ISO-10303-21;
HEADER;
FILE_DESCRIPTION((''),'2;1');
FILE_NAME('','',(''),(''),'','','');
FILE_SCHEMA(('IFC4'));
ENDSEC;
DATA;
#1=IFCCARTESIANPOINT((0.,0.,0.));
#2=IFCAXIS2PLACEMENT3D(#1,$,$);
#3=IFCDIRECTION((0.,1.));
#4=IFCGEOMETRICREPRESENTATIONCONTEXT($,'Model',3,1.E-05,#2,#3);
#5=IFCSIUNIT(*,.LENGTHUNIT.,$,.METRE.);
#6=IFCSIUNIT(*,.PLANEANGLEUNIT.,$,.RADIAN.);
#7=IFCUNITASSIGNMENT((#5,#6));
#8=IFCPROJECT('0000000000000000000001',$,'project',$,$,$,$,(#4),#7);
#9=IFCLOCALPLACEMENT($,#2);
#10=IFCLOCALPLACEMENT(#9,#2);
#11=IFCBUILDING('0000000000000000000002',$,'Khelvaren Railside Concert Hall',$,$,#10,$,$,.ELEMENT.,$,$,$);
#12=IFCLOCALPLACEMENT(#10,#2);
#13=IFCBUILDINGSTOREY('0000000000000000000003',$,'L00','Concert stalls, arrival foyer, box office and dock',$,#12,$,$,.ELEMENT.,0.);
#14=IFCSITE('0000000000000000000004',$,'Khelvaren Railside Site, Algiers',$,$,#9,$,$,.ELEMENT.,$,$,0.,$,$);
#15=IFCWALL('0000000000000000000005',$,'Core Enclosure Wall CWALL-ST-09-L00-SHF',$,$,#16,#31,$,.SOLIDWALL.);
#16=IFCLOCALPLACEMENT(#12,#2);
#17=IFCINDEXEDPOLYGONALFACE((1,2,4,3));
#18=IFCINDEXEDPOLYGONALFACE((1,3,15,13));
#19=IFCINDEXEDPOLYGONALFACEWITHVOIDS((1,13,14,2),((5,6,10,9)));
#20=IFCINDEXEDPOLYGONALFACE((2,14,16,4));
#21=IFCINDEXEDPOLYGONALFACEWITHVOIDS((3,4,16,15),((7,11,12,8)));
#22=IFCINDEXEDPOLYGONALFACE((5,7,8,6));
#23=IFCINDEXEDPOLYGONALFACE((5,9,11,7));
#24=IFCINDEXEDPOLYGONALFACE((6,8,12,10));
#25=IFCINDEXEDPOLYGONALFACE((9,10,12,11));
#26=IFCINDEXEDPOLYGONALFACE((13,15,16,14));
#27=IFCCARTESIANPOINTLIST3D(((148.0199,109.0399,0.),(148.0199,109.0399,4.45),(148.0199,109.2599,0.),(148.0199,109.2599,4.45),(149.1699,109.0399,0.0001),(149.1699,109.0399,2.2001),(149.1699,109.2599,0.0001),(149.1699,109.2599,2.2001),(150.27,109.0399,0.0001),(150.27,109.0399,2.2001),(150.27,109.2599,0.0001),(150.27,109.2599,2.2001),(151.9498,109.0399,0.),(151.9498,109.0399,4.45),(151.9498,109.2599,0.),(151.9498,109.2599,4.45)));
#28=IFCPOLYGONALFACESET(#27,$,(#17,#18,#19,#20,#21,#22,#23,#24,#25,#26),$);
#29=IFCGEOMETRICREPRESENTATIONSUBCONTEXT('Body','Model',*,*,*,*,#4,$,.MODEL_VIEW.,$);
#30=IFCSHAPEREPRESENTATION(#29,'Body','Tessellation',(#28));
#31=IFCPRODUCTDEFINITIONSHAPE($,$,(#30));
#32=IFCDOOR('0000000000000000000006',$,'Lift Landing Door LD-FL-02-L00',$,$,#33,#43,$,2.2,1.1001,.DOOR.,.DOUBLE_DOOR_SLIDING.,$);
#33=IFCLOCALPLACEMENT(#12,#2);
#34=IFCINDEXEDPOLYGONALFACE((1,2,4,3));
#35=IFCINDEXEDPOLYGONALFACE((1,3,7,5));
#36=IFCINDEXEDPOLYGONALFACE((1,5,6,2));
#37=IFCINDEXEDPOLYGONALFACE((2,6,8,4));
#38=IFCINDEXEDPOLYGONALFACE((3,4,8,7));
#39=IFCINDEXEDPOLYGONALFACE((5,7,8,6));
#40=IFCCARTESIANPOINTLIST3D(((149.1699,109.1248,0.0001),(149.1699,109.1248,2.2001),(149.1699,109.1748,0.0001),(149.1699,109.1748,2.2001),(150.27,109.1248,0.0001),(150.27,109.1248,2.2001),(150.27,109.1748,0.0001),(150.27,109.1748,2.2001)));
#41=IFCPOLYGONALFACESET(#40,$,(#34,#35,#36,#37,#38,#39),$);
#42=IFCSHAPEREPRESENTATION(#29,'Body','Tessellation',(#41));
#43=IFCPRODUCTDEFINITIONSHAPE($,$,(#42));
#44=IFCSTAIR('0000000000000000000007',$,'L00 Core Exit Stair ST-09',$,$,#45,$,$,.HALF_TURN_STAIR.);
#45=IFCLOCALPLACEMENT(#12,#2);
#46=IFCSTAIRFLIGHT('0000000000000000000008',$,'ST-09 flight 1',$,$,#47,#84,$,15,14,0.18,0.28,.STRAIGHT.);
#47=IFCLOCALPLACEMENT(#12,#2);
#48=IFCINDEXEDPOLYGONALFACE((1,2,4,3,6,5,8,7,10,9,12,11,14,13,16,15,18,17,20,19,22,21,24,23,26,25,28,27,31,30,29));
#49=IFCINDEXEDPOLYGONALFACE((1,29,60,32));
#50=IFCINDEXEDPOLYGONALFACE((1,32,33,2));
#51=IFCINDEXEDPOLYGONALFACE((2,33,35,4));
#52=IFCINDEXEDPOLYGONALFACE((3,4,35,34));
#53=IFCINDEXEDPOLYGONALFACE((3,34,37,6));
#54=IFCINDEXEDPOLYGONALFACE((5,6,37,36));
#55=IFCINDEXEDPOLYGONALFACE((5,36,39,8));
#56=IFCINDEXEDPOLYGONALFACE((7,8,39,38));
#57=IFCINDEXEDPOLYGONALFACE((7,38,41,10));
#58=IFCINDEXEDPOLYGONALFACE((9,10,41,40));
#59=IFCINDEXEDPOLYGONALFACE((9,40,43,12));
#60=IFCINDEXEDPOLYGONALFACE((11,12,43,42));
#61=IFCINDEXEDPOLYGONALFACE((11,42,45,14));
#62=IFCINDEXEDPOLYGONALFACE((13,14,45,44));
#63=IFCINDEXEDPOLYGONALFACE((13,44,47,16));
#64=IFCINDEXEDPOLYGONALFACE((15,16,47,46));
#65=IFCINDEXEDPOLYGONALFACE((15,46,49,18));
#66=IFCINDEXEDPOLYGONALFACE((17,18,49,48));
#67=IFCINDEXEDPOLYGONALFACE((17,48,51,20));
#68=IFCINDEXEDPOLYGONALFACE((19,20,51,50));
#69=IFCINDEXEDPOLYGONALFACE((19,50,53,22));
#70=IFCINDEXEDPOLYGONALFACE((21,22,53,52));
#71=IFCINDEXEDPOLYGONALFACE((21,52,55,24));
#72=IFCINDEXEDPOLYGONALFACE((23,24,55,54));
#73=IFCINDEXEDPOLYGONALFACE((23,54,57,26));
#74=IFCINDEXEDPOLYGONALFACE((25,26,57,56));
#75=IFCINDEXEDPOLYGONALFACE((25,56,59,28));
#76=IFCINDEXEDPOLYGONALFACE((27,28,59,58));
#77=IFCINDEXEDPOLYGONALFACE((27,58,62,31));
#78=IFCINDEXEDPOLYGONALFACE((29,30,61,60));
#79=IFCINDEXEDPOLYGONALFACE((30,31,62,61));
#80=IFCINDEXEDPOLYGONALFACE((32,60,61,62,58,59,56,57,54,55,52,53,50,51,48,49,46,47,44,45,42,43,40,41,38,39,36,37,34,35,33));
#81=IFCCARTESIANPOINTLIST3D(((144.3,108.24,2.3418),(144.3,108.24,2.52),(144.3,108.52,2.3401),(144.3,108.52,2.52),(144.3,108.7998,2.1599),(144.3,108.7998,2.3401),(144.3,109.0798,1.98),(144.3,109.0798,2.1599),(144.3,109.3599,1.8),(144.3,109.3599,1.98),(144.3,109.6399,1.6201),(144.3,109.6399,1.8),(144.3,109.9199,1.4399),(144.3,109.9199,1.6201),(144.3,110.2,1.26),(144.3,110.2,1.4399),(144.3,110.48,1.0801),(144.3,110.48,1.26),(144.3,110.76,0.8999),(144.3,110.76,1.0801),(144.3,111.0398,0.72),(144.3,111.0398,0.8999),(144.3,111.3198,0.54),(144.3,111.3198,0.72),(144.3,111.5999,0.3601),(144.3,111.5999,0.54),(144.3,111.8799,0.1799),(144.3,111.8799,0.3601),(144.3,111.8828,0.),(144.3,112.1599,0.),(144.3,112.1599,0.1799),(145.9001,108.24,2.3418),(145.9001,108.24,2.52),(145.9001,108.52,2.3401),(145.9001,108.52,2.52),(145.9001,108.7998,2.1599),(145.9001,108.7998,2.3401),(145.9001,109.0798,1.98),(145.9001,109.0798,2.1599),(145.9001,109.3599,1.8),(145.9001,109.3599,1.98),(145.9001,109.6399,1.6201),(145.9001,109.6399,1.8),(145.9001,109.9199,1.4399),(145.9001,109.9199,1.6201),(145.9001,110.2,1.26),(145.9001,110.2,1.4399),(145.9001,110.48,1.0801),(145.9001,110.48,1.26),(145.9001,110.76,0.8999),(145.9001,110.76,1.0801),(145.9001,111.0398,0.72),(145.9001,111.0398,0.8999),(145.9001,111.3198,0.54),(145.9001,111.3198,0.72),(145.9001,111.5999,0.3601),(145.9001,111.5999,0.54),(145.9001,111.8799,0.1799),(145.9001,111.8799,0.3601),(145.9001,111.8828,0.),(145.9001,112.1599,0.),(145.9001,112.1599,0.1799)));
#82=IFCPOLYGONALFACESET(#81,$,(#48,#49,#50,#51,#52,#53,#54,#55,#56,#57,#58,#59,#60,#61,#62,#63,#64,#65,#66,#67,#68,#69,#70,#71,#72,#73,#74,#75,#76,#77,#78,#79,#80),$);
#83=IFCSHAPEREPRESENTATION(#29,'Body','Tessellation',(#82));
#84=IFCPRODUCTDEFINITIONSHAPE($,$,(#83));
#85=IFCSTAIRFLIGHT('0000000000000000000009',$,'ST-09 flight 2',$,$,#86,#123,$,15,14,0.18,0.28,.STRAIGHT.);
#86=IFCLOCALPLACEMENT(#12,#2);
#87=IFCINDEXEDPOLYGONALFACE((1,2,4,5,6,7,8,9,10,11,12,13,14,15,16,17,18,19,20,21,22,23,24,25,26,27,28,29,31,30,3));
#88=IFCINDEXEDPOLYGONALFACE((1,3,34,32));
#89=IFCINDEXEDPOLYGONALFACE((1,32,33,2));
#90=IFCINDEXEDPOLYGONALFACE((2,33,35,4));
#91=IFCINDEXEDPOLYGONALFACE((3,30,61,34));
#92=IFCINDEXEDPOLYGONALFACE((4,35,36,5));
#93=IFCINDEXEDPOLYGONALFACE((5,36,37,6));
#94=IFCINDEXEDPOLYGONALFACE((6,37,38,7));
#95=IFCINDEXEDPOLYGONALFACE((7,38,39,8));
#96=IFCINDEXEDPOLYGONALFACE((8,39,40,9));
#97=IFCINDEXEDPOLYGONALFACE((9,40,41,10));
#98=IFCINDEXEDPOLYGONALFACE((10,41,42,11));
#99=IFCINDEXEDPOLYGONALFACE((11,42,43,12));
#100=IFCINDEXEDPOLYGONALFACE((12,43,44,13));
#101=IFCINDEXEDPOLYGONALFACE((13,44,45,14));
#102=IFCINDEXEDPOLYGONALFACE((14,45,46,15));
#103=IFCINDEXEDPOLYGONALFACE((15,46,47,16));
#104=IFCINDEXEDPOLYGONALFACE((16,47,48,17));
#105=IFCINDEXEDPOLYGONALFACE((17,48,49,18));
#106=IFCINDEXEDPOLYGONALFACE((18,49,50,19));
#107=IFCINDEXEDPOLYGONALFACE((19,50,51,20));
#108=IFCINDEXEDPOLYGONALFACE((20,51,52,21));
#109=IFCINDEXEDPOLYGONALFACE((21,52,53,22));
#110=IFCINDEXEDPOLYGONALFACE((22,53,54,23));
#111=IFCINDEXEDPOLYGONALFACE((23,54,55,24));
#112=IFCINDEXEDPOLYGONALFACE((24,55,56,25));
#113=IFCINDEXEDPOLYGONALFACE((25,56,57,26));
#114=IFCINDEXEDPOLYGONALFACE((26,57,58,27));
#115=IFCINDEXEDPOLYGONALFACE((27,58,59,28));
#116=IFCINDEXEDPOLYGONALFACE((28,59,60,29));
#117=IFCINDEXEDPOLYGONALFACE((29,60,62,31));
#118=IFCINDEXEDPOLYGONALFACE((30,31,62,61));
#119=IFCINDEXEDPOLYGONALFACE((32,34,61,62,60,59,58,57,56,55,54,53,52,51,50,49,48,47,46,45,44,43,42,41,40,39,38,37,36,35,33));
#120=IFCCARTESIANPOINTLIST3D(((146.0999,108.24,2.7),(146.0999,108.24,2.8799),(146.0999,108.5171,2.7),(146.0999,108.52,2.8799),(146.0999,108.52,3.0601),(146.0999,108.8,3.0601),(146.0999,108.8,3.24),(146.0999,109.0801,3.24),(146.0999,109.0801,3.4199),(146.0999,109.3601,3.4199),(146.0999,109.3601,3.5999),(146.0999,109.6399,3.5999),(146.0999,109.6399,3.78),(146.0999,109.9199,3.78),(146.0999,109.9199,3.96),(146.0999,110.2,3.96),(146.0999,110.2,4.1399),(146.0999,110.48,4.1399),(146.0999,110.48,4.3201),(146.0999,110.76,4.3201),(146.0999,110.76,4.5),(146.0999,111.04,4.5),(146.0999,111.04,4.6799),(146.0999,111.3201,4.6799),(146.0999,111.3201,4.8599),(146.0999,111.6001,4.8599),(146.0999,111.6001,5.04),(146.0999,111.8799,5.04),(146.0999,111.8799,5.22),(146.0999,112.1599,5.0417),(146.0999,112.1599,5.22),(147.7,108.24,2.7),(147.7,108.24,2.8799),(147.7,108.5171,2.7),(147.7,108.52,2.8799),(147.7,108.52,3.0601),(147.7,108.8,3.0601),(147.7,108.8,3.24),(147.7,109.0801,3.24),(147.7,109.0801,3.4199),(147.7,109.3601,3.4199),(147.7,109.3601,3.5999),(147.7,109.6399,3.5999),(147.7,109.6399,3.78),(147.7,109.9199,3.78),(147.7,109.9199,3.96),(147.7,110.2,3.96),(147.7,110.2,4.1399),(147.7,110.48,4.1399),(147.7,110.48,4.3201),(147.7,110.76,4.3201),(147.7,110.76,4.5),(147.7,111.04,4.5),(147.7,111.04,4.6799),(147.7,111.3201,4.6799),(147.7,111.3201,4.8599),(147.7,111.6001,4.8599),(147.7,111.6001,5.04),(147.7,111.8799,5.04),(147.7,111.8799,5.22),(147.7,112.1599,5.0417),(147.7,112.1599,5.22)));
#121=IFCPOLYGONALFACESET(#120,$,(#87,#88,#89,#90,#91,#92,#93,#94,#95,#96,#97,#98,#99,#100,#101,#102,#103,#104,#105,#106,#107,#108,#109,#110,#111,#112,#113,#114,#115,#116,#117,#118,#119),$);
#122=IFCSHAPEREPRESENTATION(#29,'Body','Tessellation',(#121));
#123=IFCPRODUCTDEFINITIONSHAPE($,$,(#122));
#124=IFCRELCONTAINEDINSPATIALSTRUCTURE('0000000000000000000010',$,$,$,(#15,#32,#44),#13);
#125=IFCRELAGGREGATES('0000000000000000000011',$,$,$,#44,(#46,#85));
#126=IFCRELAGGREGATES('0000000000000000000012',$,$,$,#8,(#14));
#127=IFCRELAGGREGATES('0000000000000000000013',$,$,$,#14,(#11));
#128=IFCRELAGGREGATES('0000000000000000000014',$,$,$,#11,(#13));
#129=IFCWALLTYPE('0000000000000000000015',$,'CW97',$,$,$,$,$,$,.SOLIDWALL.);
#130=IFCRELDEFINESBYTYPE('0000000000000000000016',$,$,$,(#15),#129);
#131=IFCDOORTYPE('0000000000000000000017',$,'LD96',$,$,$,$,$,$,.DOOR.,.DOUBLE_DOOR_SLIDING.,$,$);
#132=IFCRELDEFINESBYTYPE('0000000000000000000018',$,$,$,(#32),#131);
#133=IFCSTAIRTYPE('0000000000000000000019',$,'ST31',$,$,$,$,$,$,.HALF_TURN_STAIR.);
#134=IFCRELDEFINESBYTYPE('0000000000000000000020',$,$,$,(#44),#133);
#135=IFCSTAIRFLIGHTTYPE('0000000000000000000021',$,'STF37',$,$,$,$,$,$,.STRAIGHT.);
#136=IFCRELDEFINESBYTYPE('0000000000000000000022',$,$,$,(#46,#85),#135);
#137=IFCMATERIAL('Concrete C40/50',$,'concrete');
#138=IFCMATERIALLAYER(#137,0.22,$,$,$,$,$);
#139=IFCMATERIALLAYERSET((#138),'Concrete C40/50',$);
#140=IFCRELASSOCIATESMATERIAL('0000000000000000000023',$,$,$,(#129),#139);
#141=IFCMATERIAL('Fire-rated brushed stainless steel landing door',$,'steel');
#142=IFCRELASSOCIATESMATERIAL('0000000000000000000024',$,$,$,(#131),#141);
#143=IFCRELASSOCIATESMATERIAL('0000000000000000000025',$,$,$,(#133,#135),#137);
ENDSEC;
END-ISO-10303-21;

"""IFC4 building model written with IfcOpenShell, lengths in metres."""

from ifc_helpers import new_model, si_unit, direction, frame, frame_2d, origin, place, context, subcontext, project, spatial, polyline, rectangle, outline, extrude, material, layer, layer_set, type_object, element, fill, aggregate, save


model = new_model("IFC4")

# Units and contexts
model_context = context("Model", 3, precision=1e-05, world=origin(), true_north=direction((0.0, 1.0)))
body_context = subcontext(model_context, "Body", "Model", "MODEL_VIEW")
ifc_project = project(units=[si_unit("LENGTHUNIT", "METRE"), si_unit("PLANEANGLEUNIT", "RADIAN")], contexts=[model_context])

# Site, building, storey
site_placement = place(None, origin())
site = spatial("IfcSite", under=ifc_project, at=site_placement, Name="Khelvaren Railside Site, Algiers", CompositionType="ELEMENT", RefElevation=0.0)
building_placement = place(site_placement, origin())
building = spatial("IfcBuilding", under=site, at=building_placement, Name="Khelvaren Railside Concert Hall", CompositionType="ELEMENT")
storey_placement = place(building_placement, origin())
storey = spatial("IfcBuildingStorey", under=building, at=storey_placement, Name="L00", Description="Concert stalls, arrival foyer, box office and dock", CompositionType="ELEMENT", Elevation=0.0)

# Wall, opening, door
ifc_material_1 = material(Name="Concrete C40/50", Category="concrete")
ifc_layer_1 = layer(ifc_material_1, 0.22)
ifc_layer_set_1 = layer_set([ifc_layer_1], Name="Concrete C40/50")
wall_type_1 = type_object("IfcWallType", Name="CW97", PredefinedType="SOLIDWALL", material=ifc_layer_set_1)
wall_1_placement = place(storey_placement, frame((148.02, 109.1499, 0.0), z_axis=(0.0, 0.0, 1.0), x_axis=(1.0, 0.0, 0.0)))
wall_1 = element("IfcWall", 1, at=wall_1_placement, inside=storey, type_object=wall_type_1, Name="Core Enclosure Wall CWALL-ST-09-L00-SHF", PredefinedType="SOLIDWALL", context=body_context, shape_type="SweptSolid", body=[
    extrude(rectangle(XDim=3.9299, YDim=0.22, at=frame_2d((1.9648, 0.0))), origin(), (0.0, 0.0, 1.0), 4.45),
])
opening_1_placement = place(wall_1_placement, frame((1.1499, 0.0, 0.0)))
opening_1 = element("IfcOpeningElement", 2, at=opening_1_placement, cuts=wall_1, PredefinedType="OPENING", context=body_context, shape_type="SweptSolid", body=[
    extrude(rectangle(XDim=1.1001, YDim=2.2, at=frame_2d((0.55, 1.1001))), frame((0.0, 0.1199, 0.0), z_axis=(0.0, -1.0, 0.0), x_axis=(1.0, 0.0, 0.0)), (0.0, 0.0, 1.0), 0.24),
])
ifc_material_2 = material(Name="Fire-rated brushed stainless steel landing door", Category="steel")
door_type_1 = type_object("IfcDoorType", Name="LD96", OperationType="DOUBLE_DOOR_SLIDING", PredefinedType="DOOR", material=ifc_material_2)
door_1_placement = place(opening_1_placement, origin())
door_1 = element("IfcDoor", 3, at=door_1_placement, inside=storey, type_object=door_type_1, Name="Lift Landing Door LD-FL-02-L00", OperationType="DOUBLE_DOOR_SLIDING", OverallHeight=2.2, OverallWidth=1.1001, PredefinedType="DOOR", context=body_context, shape_type="SweptSolid", body=[
    extrude(rectangle(XDim=1.1001, YDim=2.2, at=frame_2d((0.55, 1.1001))), frame((0.0, 0.0249, 0.0), z_axis=(0.0, -1.0, 0.0), x_axis=(1.0, 0.0, 0.0)), (0.0, 0.0, 1.0), 0.05),
])
fill(opening_1, door_1)

# Stair, stair flights
stair_type = type_object("IfcStairType", Name="ST31", PredefinedType="HALF_TURN_STAIR", material=ifc_material_1)
stair_placement = place(storey_placement, origin())
stair = element("IfcStair", 4, at=stair_placement, inside=storey, type_object=stair_type, Name="L00 Core Exit Stair ST-09", PredefinedType="HALF_TURN_STAIR")
stair_flight_type = type_object("IfcStairFlightType", Name="STF37", PredefinedType="STRAIGHT", material=ifc_material_1)
stair_flight_1_placement = place(storey_placement, frame((145.1001, 112.1599, 0.0), z_axis=(0.0, 0.0, 1.0), x_axis=(0.0, -1.0, 0.0)))
stair_flight_1 = element("IfcStairFlight", 5, at=stair_flight_1_placement, type_object=stair_flight_type, Name="ST-09 flight 1", NumberOfRisers=15, NumberOfTreads=14, PredefinedType="STRAIGHT", RiserHeight=0.18, TreadLength=0.28, context=body_context, shape_type="SweptSolid", body=[
    extrude(outline(polyline([(0.0, 0.0), (0.0, 0.1799), (0.28, 0.1799), (0.28, 0.3601), (0.5601, 0.3601), (0.5601, 0.54), (0.8401, 0.54), (0.8401, 0.72), (1.1201, 0.72), (1.1201, 0.8999), (1.3999, 0.8999), (1.3999, 1.0801), (1.6799, 1.0801), (1.6799, 1.26), (1.96, 1.26), (1.96, 1.4399), (2.24, 1.4399), (2.24, 1.6201), (2.52, 1.6201), (2.52, 1.8), (2.8, 1.8), (2.8, 1.98), (3.0801, 1.98), (3.0801, 2.1599), (3.3601, 2.1599), (3.3601, 2.3401), (3.6399, 2.3401), (3.6399, 2.52), (3.9199, 2.52), (3.9199, 2.7), (3.9199, 2.3418), (0.2771, 0.0), (0.0, 0.0)])), frame((0.0, 0.8, 0.0), z_axis=(0.0, -1.0, 0.0), x_axis=(1.0, 0.0, 0.0)), (0.0, 0.0, 1.0), 1.6001),
])
stair_flight_2_placement = place(storey_placement, frame((146.8999, 108.24, 2.7), z_axis=(0.0, 0.0, 1.0), x_axis=(0.0, 1.0, 0.0)))
stair_flight_2 = element("IfcStairFlight", 6, at=stair_flight_2_placement, type_object=stair_flight_type, Name="ST-09 flight 2", NumberOfRisers=15, NumberOfTreads=14, PredefinedType="STRAIGHT", RiserHeight=0.18, TreadLength=0.28, context=body_context, shape_type="SweptSolid", body=[
    extrude(outline(polyline([(0.0, 0.0), (0.0, 0.1799), (0.28, 0.1799), (0.28, 0.3601), (0.5601, 0.3601), (0.5601, 0.54), (0.8401, 0.54), (0.8401, 0.72), (1.1201, 0.72), (1.1201, 0.8999), (1.3999, 0.8999), (1.3999, 1.0801), (1.6799, 1.0801), (1.6799, 1.26), (1.96, 1.26), (1.96, 1.4399), (2.24, 1.4399), (2.24, 1.6201), (2.52, 1.6201), (2.52, 1.8), (2.8, 1.8), (2.8, 1.98), (3.0801, 1.98), (3.0801, 2.1599), (3.3601, 2.1599), (3.3601, 2.3401), (3.6399, 2.3401), (3.6399, 2.52), (3.9199, 2.52), (3.9199, 2.7), (3.9199, 2.3418), (0.2771, 0.0), (0.0, 0.0)])), frame((0.0, 0.8, 0.0), z_axis=(0.0, -1.0, 0.0), x_axis=(1.0, 0.0, 0.0)), (0.0, 0.0, 1.0), 1.6001),
])
aggregate(stair, [stair_flight_1, stair_flight_2])

save(model, "model.ifc")
